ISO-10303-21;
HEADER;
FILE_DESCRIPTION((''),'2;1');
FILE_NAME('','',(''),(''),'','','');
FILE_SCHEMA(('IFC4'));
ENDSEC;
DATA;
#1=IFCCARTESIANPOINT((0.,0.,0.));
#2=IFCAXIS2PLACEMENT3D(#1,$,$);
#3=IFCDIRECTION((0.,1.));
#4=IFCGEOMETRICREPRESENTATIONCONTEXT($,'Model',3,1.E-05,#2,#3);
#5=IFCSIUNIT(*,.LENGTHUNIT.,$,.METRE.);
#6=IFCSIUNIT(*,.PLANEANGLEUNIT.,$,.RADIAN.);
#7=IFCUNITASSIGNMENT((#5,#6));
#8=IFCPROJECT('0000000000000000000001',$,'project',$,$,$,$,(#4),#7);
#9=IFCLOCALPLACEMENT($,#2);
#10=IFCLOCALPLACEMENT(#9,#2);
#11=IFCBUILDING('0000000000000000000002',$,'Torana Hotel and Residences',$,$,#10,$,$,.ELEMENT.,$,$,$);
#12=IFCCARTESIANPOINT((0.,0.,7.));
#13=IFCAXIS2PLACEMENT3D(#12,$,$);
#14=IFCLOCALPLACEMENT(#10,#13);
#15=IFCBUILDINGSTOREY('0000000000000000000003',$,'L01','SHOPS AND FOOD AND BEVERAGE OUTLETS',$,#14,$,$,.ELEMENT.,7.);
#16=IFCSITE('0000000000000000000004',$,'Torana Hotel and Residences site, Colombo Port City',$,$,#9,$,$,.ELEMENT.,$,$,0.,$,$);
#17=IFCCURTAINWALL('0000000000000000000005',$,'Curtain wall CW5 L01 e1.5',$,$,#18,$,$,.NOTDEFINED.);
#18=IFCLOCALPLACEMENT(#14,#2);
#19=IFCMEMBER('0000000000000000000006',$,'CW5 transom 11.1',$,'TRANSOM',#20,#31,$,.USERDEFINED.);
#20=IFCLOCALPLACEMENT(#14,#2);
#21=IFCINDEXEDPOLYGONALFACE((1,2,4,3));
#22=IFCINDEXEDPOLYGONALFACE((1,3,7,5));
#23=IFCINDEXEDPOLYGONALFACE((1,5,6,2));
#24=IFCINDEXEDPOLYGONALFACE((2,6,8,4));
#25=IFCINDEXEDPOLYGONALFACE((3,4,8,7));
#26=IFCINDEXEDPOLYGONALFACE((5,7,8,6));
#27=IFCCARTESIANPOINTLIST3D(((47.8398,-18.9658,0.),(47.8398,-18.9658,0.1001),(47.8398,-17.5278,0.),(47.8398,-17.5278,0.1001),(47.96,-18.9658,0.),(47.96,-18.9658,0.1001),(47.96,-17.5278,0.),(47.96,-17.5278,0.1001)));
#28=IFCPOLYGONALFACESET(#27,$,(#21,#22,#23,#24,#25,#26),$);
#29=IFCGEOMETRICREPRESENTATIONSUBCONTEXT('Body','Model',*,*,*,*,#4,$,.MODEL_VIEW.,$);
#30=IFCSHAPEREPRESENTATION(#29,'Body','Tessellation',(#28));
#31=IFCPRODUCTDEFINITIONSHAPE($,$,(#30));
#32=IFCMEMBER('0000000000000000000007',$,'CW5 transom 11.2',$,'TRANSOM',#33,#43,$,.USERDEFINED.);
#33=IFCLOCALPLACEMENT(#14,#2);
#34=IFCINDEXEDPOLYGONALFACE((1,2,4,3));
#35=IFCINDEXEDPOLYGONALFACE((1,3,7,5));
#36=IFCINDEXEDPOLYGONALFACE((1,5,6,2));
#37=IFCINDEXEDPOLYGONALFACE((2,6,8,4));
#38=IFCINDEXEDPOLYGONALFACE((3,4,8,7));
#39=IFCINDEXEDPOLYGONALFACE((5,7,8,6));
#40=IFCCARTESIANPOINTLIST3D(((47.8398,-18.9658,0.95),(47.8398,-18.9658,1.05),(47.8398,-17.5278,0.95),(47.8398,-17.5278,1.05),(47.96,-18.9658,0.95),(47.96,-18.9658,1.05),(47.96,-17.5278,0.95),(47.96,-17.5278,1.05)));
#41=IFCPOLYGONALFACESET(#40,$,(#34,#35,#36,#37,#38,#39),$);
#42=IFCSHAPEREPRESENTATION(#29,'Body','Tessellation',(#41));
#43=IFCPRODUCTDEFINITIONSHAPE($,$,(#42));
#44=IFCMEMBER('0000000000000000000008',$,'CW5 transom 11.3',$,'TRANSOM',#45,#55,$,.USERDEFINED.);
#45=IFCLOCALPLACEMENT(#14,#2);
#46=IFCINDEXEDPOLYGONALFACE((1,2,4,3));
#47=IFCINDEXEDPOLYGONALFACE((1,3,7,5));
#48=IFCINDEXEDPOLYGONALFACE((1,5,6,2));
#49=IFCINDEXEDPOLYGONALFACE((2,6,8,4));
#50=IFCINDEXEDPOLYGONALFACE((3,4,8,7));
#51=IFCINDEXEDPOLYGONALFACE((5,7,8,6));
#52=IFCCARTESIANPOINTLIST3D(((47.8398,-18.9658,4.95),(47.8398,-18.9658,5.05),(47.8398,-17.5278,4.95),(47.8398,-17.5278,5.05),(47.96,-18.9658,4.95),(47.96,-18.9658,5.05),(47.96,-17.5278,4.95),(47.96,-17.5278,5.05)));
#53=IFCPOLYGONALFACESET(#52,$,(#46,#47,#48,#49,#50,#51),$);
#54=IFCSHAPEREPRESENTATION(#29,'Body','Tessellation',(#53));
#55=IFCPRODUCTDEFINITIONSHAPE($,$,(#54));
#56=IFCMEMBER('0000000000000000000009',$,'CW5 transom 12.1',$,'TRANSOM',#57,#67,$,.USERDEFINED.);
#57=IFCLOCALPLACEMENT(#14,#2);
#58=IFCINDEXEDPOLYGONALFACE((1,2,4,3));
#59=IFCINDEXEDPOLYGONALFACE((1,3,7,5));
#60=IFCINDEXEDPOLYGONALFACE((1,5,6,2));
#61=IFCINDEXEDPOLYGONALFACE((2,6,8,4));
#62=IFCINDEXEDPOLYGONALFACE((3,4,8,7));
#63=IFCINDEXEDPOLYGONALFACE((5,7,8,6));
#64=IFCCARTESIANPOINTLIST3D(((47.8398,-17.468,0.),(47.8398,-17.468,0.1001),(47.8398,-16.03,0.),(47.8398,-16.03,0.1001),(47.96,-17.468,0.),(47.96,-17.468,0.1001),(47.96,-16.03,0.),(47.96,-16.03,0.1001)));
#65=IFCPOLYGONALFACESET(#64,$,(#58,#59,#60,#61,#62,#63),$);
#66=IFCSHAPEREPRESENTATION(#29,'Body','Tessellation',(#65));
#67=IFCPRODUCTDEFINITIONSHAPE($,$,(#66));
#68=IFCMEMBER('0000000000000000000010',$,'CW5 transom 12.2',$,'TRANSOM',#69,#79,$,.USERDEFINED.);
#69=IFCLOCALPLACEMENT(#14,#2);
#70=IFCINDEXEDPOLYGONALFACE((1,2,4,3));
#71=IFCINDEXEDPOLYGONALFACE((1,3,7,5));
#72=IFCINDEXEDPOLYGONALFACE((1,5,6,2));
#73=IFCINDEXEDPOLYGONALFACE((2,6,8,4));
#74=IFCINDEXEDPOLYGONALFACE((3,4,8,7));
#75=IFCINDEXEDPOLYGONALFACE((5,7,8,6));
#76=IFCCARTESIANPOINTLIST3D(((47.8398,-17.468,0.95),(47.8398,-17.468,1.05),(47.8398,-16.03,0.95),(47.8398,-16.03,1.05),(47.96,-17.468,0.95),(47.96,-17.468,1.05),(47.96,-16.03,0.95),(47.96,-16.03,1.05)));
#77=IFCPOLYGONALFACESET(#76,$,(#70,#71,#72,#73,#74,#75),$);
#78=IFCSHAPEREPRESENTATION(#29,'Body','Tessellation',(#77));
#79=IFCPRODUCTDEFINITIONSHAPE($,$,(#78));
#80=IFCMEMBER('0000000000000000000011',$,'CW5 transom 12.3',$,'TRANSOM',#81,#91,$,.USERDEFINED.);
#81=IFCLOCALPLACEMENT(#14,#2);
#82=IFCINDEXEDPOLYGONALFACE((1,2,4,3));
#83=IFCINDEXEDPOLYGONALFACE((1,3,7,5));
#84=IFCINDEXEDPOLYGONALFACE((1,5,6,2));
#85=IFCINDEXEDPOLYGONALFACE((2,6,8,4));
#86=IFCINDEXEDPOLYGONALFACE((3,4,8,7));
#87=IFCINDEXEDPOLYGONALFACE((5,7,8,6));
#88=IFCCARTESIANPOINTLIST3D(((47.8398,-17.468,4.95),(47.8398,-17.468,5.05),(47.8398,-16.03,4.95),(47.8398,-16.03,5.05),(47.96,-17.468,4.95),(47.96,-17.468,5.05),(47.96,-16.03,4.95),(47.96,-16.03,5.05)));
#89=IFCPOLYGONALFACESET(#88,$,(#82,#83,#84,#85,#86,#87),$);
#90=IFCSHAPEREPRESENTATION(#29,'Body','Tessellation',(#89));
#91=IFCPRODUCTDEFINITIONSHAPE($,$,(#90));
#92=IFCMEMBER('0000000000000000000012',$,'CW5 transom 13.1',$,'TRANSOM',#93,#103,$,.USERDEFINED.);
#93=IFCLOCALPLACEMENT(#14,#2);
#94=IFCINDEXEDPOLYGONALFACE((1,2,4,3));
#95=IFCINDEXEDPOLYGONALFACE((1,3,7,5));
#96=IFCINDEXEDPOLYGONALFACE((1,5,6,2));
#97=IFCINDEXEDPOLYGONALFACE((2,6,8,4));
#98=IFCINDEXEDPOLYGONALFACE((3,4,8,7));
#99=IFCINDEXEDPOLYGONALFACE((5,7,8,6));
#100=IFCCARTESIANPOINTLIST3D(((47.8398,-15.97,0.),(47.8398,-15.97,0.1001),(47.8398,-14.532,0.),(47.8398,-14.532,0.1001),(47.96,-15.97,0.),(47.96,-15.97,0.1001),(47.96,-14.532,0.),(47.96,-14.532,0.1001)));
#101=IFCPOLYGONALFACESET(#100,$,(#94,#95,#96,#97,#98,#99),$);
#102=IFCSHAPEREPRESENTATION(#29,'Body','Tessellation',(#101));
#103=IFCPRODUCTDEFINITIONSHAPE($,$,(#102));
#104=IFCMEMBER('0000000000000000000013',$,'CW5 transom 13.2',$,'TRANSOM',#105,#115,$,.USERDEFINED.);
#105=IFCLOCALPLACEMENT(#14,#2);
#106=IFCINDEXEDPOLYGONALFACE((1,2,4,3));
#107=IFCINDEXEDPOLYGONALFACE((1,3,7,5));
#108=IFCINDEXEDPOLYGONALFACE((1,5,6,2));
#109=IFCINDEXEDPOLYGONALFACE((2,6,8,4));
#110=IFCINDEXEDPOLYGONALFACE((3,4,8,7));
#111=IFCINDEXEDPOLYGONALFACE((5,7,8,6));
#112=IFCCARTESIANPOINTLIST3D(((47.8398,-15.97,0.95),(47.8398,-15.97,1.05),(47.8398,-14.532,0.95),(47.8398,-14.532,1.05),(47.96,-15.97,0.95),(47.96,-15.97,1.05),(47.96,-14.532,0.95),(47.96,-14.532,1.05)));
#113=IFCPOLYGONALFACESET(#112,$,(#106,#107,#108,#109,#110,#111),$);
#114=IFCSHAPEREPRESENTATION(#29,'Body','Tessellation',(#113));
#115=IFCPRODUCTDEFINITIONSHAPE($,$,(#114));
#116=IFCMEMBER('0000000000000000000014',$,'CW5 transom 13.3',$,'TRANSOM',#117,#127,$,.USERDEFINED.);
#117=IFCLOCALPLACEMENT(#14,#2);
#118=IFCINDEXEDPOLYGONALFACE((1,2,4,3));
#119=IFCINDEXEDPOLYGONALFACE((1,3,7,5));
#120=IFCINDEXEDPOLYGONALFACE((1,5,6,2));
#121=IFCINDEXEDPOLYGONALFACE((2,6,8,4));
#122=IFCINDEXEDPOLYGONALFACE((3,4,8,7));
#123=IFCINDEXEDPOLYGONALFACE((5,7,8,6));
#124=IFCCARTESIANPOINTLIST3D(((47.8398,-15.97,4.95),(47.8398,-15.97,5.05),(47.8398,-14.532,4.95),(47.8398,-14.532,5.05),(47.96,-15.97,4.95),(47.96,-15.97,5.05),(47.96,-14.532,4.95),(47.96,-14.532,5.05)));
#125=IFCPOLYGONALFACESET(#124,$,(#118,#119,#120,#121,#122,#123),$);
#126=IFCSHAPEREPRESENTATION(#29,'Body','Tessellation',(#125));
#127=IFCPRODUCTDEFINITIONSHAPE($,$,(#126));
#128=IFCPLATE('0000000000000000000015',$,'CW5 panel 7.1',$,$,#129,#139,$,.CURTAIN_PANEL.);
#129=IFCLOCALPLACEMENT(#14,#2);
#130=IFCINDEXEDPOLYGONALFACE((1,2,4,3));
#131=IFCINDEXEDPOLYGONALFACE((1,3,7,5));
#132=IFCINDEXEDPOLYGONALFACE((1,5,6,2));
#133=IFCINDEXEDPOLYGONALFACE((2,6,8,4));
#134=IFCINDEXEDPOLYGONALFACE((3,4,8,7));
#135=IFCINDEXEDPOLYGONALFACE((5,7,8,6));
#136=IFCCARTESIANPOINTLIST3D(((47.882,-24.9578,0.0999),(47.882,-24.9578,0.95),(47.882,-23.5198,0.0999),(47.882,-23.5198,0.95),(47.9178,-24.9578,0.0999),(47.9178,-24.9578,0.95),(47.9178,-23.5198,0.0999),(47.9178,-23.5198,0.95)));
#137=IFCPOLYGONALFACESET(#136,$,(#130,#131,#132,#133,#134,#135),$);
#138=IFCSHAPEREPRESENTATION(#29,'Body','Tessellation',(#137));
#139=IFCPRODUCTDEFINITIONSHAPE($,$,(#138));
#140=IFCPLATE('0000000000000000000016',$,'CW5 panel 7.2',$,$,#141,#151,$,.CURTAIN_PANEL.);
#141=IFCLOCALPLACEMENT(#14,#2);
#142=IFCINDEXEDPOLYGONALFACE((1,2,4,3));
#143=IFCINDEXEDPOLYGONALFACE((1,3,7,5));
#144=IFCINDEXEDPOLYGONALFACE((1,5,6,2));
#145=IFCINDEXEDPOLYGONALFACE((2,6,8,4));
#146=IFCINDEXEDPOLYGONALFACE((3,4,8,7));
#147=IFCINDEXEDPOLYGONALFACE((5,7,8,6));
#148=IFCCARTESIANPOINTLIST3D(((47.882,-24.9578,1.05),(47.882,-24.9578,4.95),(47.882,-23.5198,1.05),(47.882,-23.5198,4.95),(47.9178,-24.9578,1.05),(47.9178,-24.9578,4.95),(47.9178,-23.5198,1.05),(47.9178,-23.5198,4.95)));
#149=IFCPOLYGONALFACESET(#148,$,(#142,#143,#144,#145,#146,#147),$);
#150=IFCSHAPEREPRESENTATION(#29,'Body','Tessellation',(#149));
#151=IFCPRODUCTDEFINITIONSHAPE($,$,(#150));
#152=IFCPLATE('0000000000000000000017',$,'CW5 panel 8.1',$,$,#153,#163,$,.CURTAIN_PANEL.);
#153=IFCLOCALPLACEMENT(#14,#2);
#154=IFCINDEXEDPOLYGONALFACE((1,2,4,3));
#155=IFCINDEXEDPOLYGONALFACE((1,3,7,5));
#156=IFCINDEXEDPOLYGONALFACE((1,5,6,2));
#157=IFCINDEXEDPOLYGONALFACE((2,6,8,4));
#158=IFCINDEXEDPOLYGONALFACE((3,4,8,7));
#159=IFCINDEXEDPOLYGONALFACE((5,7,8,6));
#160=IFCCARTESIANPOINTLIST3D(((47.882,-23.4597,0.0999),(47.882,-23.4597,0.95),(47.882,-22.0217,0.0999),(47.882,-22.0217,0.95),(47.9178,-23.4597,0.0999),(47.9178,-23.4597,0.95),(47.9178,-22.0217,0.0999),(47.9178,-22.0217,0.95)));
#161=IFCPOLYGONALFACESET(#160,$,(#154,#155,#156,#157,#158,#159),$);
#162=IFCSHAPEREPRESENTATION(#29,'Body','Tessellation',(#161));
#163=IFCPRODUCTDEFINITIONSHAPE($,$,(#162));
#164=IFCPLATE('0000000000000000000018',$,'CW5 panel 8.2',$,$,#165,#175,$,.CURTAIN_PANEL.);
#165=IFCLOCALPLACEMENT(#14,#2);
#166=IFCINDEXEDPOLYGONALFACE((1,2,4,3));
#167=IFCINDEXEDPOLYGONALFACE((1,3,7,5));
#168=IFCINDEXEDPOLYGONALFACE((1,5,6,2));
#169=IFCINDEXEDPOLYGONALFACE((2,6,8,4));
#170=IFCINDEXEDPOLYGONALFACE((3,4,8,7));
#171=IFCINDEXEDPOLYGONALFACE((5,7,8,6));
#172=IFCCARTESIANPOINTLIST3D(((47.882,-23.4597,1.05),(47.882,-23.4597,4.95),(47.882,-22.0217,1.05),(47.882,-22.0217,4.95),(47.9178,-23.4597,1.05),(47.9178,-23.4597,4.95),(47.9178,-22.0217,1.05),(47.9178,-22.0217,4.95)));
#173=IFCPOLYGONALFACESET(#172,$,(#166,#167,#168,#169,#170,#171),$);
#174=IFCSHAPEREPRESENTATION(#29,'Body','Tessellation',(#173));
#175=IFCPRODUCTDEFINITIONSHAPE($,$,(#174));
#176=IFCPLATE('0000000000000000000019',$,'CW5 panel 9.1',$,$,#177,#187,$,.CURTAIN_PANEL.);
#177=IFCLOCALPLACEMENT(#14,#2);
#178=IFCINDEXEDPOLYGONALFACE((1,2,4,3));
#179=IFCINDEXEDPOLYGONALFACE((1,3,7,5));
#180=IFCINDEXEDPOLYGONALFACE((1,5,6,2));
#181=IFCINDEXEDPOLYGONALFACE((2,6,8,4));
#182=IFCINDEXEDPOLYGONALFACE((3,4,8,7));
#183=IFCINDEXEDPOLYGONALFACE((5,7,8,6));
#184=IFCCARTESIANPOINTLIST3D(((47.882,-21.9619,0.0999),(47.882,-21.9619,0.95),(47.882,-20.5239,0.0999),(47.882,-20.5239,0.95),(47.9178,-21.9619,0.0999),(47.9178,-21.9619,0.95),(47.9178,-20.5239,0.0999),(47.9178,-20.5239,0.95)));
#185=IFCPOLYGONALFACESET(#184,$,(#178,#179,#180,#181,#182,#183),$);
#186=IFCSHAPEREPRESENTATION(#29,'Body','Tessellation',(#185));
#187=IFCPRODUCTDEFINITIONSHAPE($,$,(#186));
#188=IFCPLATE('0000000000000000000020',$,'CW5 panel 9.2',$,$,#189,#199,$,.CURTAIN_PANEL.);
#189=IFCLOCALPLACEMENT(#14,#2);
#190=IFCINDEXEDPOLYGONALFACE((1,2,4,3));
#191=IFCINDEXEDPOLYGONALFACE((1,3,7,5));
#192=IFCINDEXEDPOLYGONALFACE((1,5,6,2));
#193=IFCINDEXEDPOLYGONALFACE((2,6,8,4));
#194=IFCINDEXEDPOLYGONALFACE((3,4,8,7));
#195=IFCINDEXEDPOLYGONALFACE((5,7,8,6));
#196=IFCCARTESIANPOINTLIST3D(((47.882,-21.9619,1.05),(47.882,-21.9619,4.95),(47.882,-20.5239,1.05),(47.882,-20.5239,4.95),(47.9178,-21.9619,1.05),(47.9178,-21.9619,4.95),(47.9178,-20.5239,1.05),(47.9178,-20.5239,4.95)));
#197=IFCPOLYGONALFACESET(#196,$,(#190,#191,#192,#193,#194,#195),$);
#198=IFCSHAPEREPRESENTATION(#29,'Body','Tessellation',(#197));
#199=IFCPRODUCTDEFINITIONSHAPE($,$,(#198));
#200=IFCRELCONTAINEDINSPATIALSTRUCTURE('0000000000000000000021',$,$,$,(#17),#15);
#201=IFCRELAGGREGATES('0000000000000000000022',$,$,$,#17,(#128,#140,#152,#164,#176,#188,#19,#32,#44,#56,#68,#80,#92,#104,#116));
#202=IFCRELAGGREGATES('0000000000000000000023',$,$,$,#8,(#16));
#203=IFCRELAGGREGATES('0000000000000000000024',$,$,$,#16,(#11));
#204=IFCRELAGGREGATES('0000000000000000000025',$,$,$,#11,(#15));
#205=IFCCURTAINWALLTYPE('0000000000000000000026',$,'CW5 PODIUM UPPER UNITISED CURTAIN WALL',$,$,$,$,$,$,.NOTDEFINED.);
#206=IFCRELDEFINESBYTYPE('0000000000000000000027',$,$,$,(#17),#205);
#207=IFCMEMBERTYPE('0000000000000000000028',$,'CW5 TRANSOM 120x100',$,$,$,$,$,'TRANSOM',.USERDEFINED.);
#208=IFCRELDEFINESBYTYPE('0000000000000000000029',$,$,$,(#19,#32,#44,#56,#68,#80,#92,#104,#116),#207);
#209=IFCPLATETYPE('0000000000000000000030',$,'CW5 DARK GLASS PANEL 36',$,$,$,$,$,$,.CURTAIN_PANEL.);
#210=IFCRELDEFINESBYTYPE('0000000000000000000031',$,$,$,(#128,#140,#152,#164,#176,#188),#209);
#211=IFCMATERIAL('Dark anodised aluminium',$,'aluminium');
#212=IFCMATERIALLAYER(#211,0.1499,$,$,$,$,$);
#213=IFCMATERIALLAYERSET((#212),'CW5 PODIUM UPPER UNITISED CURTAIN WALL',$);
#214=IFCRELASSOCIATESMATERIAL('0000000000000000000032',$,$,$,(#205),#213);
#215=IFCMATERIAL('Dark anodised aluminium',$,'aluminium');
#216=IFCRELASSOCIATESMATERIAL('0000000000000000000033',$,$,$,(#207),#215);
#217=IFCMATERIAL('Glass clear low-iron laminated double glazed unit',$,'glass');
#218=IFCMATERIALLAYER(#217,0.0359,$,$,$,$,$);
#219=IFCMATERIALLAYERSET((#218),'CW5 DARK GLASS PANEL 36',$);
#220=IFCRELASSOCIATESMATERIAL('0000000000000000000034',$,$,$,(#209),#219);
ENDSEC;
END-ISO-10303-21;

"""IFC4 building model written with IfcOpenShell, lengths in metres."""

from ifc_helpers import new_model, si_unit, direction, frame, origin, origin_2d, place, context, subcontext, project, spatial, rectangle, extrude, material, layer, layer_set, material_profile, profile_set, type_object, element, aggregate, save


model = new_model("IFC4")

# Units and contexts
model_context = context("Model", 3, precision=1e-05, world=origin(), true_north=direction((0.0, 1.0)))
body_context = subcontext(model_context, "Body", "Model", "MODEL_VIEW")
ifc_project = project(units=[si_unit("LENGTHUNIT", "METRE"), si_unit("PLANEANGLEUNIT", "RADIAN")], contexts=[model_context])

# Site, building, storey
site_placement = place(None, origin())
site = spatial("IfcSite", under=ifc_project, at=site_placement, Name="Torana Hotel and Residences site, Colombo Port City", CompositionType="ELEMENT", RefElevation=0.0)
building_placement = place(site_placement, origin())
building = spatial("IfcBuilding", under=site, at=building_placement, Name="Torana Hotel and Residences", CompositionType="ELEMENT")
storey_placement = place(building_placement, frame((0.0, 0.0, 7.0)))
storey = spatial("IfcBuildingStorey", under=building, at=storey_placement, Name="L01", Description="SHOPS AND FOOD AND BEVERAGE OUTLETS", CompositionType="ELEMENT", Elevation=7.0)

# Curtain wall, members, plates
ifc_material_1 = material(Name="Dark anodised aluminium", Category="aluminium")
ifc_layer_1 = layer(ifc_material_1, 0.1499)
ifc_layer_set_1 = layer_set([ifc_layer_1], Name="CW5 PODIUM UPPER UNITISED CURTAIN WALL")
curtain_wall_type = type_object("IfcCurtainWallType", Name="CW5 PODIUM UPPER UNITISED CURTAIN WALL", PredefinedType="NOTDEFINED", material=ifc_layer_set_1)
curtain_wall_placement = place(storey_placement, origin())
curtain_wall = element("IfcCurtainWall", 1, at=curtain_wall_placement, inside=storey, type_object=curtain_wall_type, Name="Curtain wall CW5 L01 e1.5", PredefinedType="NOTDEFINED")
ifc_material_2 = material(Name="Dark anodised aluminium", Category="aluminium")
ifc_material_profile_1 = material_profile(ifc_material_2, rectangle(XDim=0.1201, YDim=0.1001, at=origin_2d()), Name="CW5 TRANSOM 120x100")
ifc_profile_set_1 = profile_set([ifc_material_profile_1], Name="Dark anodised aluminium")
member_type_1 = type_object("IfcMemberType", Name="CW5 TRANSOM 120x100", ElementType="TRANSOM", PredefinedType="USERDEFINED", material=ifc_profile_set_1)
member_1_placement = place(storey_placement, frame((47.8999, -18.9658, 0.05), z_axis=(0.0, 1.0, 0.0), x_axis=(-1.0, 0.0, 0.0)))
member_1 = element("IfcMember", 2, at=member_1_placement, type_object=member_type_1, Name="CW5 transom 11.1", ObjectType="TRANSOM", PredefinedType="USERDEFINED", context=body_context, shape_type="SweptSolid", body=[
    extrude(rectangle(XDim=0.1201, YDim=0.1001, at=origin_2d()), origin(), (0.0, 0.0, 1.0), 1.438),
])
member_2_placement = place(storey_placement, frame((47.8999, -18.9658, 1.0), z_axis=(0.0, 1.0, 0.0), x_axis=(-1.0, 0.0, 0.0)))
member_2 = element("IfcMember", 3, at=member_2_placement, type_object=member_type_1, Name="CW5 transom 11.2", ObjectType="TRANSOM", PredefinedType="USERDEFINED", context=body_context, shape_type="SweptSolid", body=[
    extrude(rectangle(XDim=0.1201, YDim=0.1001, at=origin_2d()), origin(), (0.0, 0.0, 1.0), 1.438),
])
member_3_placement = place(storey_placement, frame((47.8999, -18.9658, 5.0), z_axis=(0.0, 1.0, 0.0), x_axis=(-1.0, 0.0, 0.0)))
member_3 = element("IfcMember", 4, at=member_3_placement, type_object=member_type_1, Name="CW5 transom 11.3", ObjectType="TRANSOM", PredefinedType="USERDEFINED", context=body_context, shape_type="SweptSolid", body=[
    extrude(rectangle(XDim=0.1201, YDim=0.1001, at=origin_2d()), origin(), (0.0, 0.0, 1.0), 1.438),
])
member_4_placement = place(storey_placement, frame((47.8999, -17.468, 0.05), z_axis=(0.0, 1.0, 0.0), x_axis=(-1.0, 0.0, 0.0)))
member_4 = element("IfcMember", 5, at=member_4_placement, type_object=member_type_1, Name="CW5 transom 12.1", ObjectType="TRANSOM", PredefinedType="USERDEFINED", context=body_context, shape_type="SweptSolid", body=[
    extrude(rectangle(XDim=0.1201, YDim=0.1001, at=origin_2d()), origin(), (0.0, 0.0, 1.0), 1.438),
])
member_5_placement = place(storey_placement, frame((47.8999, -17.468, 1.0), z_axis=(0.0, 1.0, 0.0), x_axis=(-1.0, 0.0, 0.0)))
member_5 = element("IfcMember", 6, at=member_5_placement, type_object=member_type_1, Name="CW5 transom 12.2", ObjectType="TRANSOM", PredefinedType="USERDEFINED", context=body_context, shape_type="SweptSolid", body=[
    extrude(rectangle(XDim=0.1201, YDim=0.1001, at=origin_2d()), origin(), (0.0, 0.0, 1.0), 1.438),
])
member_6_placement = place(storey_placement, frame((47.8999, -17.468, 5.0), z_axis=(0.0, 1.0, 0.0), x_axis=(-1.0, 0.0, 0.0)))
member_6 = element("IfcMember", 7, at=member_6_placement, type_object=member_type_1, Name="CW5 transom 12.3", ObjectType="TRANSOM", PredefinedType="USERDEFINED", context=body_context, shape_type="SweptSolid", body=[
    extrude(rectangle(XDim=0.1201, YDim=0.1001, at=origin_2d()), origin(), (0.0, 0.0, 1.0), 1.438),
])
member_7_placement = place(storey_placement, frame((47.8999, -15.97, 0.05), z_axis=(0.0, 1.0, 0.0), x_axis=(-1.0, 0.0, 0.0)))
member_7 = element("IfcMember", 8, at=member_7_placement, type_object=member_type_1, Name="CW5 transom 13.1", ObjectType="TRANSOM", PredefinedType="USERDEFINED", context=body_context, shape_type="SweptSolid", body=[
    extrude(rectangle(XDim=0.1201, YDim=0.1001, at=origin_2d()), origin(), (0.0, 0.0, 1.0), 1.438),
])
member_8_placement = place(storey_placement, frame((47.8999, -15.97, 1.0), z_axis=(0.0, 1.0, 0.0), x_axis=(-1.0, 0.0, 0.0)))
member_8 = element("IfcMember", 9, at=member_8_placement, type_object=member_type_1, Name="CW5 transom 13.2", ObjectType="TRANSOM", PredefinedType="USERDEFINED", context=body_context, shape_type="SweptSolid", body=[
    extrude(rectangle(XDim=0.1201, YDim=0.1001, at=origin_2d()), origin(), (0.0, 0.0, 1.0), 1.438),
])
member_9_placement = place(storey_placement, frame((47.8999, -15.97, 5.0), z_axis=(0.0, 1.0, 0.0), x_axis=(-1.0, 0.0, 0.0)))
member_9 = element("IfcMember", 10, at=member_9_placement, type_object=member_type_1, Name="CW5 transom 13.3", ObjectType="TRANSOM", PredefinedType="USERDEFINED", context=body_context, shape_type="SweptSolid", body=[
    extrude(rectangle(XDim=0.1201, YDim=0.1001, at=origin_2d()), origin(), (0.0, 0.0, 1.0), 1.438),
])
ifc_material_3 = material(Name="Glass clear low-iron laminated double glazed unit", Category="glass")
ifc_layer_2 = layer(ifc_material_3, 0.0359)
ifc_layer_set_2 = layer_set([ifc_layer_2], Name="CW5 DARK GLASS PANEL 36")
plate_type = type_object("IfcPlateType", Name="CW5 DARK GLASS PANEL 36", PredefinedType="CURTAIN_PANEL", material=ifc_layer_set_2)
plate_1_placement = place(storey_placement, frame((47.8999, -24.2388, 0.0999), z_axis=(0.0, 0.0, 1.0), x_axis=(0.0, 1.0, 0.0)))
plate_1 = element("IfcPlate", 11, at=plate_1_placement, type_object=plate_type, Name="CW5 panel 7.1", PredefinedType="CURTAIN_PANEL", context=body_context, shape_type="SweptSolid", body=[
    extrude(rectangle(XDim=1.438, YDim=0.0359, at=origin_2d()), origin(), (0.0, 0.0, 1.0), 0.8501),
])
plate_2_placement = place(storey_placement, frame((47.8999, -24.2388, 1.05), z_axis=(0.0, 0.0, 1.0), x_axis=(0.0, 1.0, 0.0)))
plate_2 = element("IfcPlate", 12, at=plate_2_placement, type_object=plate_type, Name="CW5 panel 7.2", PredefinedType="CURTAIN_PANEL", context=body_context, shape_type="SweptSolid", body=[
    extrude(rectangle(XDim=1.438, YDim=0.0359, at=origin_2d()), origin(), (0.0, 0.0, 1.0), 3.8999),
])
plate_3_placement = place(storey_placement, frame((47.8999, -22.7407, 0.0999), z_axis=(0.0, 0.0, 1.0), x_axis=(0.0, 1.0, 0.0)))
plate_3 = element("IfcPlate", 13, at=plate_3_placement, type_object=plate_type, Name="CW5 panel 8.1", PredefinedType="CURTAIN_PANEL", context=body_context, shape_type="SweptSolid", body=[
    extrude(rectangle(XDim=1.438, YDim=0.0359, at=origin_2d()), origin(), (0.0, 0.0, 1.0), 0.8501),
])
plate_4_placement = place(storey_placement, frame((47.8999, -22.7407, 1.05), z_axis=(0.0, 0.0, 1.0), x_axis=(0.0, 1.0, 0.0)))
plate_4 = element("IfcPlate", 14, at=plate_4_placement, type_object=plate_type, Name="CW5 panel 8.2", PredefinedType="CURTAIN_PANEL", context=body_context, shape_type="SweptSolid", body=[
    extrude(rectangle(XDim=1.438, YDim=0.0359, at=origin_2d()), origin(), (0.0, 0.0, 1.0), 3.8999),
])
plate_5_placement = place(storey_placement, frame((47.8999, -21.2429, 0.0999), z_axis=(0.0, 0.0, 1.0), x_axis=(0.0, 1.0, 0.0)))
plate_5 = element("IfcPlate", 15, at=plate_5_placement, type_object=plate_type, Name="CW5 panel 9.1", PredefinedType="CURTAIN_PANEL", context=body_context, shape_type="SweptSolid", body=[
    extrude(rectangle(XDim=1.438, YDim=0.0359, at=origin_2d()), origin(), (0.0, 0.0, 1.0), 0.8501),
])
plate_6_placement = place(storey_placement, frame((47.8999, -21.2429, 1.05), z_axis=(0.0, 0.0, 1.0), x_axis=(0.0, 1.0, 0.0)))
plate_6 = element("IfcPlate", 16, at=plate_6_placement, type_object=plate_type, Name="CW5 panel 9.2", PredefinedType="CURTAIN_PANEL", context=body_context, shape_type="SweptSolid", body=[
    extrude(rectangle(XDim=1.438, YDim=0.0359, at=origin_2d()), origin(), (0.0, 0.0, 1.0), 3.8999),
])
aggregate(curtain_wall, [plate_1, plate_2, plate_3, plate_4, plate_5, plate_6, member_1, member_2, member_3, member_4, member_5, member_6, member_7, member_8, member_9])

save(model, "model.ifc")
